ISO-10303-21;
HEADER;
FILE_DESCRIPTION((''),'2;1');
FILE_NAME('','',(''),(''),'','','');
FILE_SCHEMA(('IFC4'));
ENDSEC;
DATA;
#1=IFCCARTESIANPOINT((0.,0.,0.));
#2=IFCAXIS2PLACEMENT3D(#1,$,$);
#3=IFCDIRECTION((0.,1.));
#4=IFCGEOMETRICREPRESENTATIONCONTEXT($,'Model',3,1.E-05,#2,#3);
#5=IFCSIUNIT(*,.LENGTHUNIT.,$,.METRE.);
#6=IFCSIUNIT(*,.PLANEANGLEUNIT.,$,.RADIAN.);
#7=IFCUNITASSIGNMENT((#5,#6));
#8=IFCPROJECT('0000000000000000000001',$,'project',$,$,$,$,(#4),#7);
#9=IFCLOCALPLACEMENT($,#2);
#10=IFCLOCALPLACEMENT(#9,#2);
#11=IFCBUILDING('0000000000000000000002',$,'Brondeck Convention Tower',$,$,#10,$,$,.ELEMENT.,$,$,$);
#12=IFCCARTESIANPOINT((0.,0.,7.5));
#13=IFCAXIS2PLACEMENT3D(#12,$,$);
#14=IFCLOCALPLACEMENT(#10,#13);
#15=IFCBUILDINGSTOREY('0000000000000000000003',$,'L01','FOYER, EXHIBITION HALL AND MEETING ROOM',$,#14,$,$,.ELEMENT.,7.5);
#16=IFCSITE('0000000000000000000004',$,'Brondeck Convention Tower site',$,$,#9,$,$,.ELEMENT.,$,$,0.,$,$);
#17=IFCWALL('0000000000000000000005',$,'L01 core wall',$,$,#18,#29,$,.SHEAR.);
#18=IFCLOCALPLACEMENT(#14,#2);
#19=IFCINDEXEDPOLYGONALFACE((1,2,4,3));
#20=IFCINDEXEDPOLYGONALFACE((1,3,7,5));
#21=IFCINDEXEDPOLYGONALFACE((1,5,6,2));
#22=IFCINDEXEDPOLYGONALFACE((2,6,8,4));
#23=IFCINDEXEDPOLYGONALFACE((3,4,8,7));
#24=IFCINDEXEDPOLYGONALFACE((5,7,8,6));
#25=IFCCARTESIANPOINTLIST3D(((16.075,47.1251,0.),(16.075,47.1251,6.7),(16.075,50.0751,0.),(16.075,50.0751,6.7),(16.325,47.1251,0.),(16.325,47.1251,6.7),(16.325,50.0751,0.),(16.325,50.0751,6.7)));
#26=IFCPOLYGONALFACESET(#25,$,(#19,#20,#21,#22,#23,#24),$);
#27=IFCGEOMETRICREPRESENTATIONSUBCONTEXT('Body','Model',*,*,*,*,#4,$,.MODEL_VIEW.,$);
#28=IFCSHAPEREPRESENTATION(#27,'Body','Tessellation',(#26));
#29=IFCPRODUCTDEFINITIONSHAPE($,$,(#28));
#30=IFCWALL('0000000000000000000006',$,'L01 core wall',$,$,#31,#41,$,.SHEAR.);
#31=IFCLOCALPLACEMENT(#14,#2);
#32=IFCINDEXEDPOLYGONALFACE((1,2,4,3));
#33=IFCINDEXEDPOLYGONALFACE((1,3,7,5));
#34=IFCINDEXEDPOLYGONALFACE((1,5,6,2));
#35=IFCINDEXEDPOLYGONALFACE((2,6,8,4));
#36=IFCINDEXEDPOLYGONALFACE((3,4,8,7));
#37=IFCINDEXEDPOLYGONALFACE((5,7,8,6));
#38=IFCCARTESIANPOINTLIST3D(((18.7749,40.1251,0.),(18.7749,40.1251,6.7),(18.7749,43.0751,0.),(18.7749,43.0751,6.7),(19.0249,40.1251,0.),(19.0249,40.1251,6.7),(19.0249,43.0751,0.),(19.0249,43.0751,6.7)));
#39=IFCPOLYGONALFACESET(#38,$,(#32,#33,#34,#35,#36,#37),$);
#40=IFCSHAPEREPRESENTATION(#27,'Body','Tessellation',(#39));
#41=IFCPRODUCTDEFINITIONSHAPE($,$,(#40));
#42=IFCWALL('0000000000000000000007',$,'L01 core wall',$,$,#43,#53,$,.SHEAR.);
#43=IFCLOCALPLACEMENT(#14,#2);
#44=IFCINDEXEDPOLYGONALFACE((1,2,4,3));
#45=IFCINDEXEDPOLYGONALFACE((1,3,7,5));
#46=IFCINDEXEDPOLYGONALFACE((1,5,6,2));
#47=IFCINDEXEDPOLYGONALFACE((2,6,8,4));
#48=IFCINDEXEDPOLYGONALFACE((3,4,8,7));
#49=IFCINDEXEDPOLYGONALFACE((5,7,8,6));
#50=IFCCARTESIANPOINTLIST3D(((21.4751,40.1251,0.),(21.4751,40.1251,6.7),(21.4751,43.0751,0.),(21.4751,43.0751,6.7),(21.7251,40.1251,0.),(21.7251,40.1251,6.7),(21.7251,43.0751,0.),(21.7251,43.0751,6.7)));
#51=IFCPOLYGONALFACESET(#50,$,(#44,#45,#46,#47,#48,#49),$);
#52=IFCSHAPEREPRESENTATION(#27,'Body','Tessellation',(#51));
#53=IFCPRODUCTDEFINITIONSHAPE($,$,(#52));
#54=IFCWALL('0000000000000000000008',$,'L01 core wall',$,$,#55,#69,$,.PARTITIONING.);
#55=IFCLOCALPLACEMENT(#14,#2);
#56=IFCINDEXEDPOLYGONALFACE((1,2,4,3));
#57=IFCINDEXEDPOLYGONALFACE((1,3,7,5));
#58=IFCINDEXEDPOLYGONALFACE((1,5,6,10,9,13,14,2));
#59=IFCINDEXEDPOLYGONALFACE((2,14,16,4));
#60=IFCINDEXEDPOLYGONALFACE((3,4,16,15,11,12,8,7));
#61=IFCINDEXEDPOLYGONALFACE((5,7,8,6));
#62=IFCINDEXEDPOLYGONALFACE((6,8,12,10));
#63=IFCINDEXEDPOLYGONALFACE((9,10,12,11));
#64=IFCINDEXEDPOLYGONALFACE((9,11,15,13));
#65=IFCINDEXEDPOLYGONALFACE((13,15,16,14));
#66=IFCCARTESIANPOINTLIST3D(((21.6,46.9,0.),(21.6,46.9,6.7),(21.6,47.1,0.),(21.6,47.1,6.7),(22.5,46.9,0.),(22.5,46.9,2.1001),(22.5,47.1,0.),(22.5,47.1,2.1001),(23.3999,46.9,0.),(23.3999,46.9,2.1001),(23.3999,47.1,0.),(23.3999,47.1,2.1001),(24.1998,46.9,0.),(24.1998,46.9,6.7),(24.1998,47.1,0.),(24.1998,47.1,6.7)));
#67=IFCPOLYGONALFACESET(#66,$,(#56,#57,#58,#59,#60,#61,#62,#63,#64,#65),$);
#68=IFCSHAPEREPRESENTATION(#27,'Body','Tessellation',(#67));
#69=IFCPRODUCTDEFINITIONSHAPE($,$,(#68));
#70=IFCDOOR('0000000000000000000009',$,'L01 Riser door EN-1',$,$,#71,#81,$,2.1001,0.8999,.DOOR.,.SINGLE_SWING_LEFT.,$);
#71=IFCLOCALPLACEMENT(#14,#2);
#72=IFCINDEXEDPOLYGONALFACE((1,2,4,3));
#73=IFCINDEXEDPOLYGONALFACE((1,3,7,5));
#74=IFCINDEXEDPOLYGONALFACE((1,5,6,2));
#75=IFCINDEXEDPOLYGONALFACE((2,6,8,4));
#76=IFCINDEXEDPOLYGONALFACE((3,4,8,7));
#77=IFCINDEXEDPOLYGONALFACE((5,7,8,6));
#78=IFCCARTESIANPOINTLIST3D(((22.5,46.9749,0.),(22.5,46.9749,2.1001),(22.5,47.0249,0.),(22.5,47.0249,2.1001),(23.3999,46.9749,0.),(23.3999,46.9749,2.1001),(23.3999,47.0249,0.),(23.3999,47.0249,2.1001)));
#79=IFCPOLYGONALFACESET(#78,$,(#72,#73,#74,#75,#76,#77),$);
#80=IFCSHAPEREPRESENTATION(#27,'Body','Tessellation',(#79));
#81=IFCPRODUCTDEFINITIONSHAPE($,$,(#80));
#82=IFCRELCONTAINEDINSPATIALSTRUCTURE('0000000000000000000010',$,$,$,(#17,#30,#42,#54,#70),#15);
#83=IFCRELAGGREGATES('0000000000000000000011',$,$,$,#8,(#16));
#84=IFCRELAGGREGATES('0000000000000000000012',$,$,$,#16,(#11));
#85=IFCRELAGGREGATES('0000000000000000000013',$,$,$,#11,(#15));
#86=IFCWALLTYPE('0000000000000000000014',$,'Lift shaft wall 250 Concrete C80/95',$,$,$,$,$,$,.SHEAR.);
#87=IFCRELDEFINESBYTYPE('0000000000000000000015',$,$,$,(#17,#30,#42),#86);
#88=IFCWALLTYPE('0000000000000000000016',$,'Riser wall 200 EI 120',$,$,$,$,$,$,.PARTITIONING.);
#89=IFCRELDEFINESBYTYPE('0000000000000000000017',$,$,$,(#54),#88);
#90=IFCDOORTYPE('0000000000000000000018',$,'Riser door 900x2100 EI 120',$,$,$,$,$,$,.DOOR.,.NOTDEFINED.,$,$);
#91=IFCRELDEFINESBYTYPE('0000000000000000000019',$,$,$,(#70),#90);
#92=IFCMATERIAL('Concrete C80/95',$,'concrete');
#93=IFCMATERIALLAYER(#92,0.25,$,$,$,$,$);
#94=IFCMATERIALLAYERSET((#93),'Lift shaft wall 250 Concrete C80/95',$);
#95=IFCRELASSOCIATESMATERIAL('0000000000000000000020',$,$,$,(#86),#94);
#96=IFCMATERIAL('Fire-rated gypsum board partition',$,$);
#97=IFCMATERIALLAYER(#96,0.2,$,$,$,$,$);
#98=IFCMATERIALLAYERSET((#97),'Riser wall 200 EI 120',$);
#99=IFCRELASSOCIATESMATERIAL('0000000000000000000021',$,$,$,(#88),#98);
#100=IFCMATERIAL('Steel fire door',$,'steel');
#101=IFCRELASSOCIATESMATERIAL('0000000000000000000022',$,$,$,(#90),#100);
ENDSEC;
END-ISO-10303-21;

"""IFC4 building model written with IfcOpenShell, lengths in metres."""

from ifc_helpers import new_model, si_unit, direction, frame, frame_2d, origin, place, context, subcontext, project, spatial, rectangle, extrude, material, layer, layer_set, type_object, element, fill, save


model = new_model("IFC4")

# Units and contexts
model_context = context("Model", 3, precision=1e-05, world=origin(), true_north=direction((0.0, 1.0)))
body_context = subcontext(model_context, "Body", "Model", "MODEL_VIEW")
ifc_project = project(units=[si_unit("LENGTHUNIT", "METRE"), si_unit("PLANEANGLEUNIT", "RADIAN")], contexts=[model_context])

# Site, building, storey
site_placement = place(None, origin())
site = spatial("IfcSite", under=ifc_project, at=site_placement, Name="Brondeck Convention Tower site", CompositionType="ELEMENT", RefElevation=0.0)
building_placement = place(site_placement, origin())
building = spatial("IfcBuilding", under=site, at=building_placement, Name="Brondeck Convention Tower", CompositionType="ELEMENT")
storey_placement = place(building_placement, frame((0.0, 0.0, 7.5)))
storey = spatial("IfcBuildingStorey", under=building, at=storey_placement, Name="L01", Description="FOYER, EXHIBITION HALL AND MEETING ROOM", CompositionType="ELEMENT", Elevation=7.5)

# Shared definitions
ifc_material_1 = material(Name="Concrete C80/95", Category="concrete")
ifc_layer_1 = layer(ifc_material_1, 0.25)
ifc_layer_set_1 = layer_set([ifc_layer_1], Name="Lift shaft wall 250 Concrete C80/95")
wall_type_1 = type_object("IfcWallType", Name="Lift shaft wall 250 Concrete C80/95", PredefinedType="SHEAR", material=ifc_layer_set_1)

# Walls
for number, where, z_axis, x_axis, name in (
    (1, (16.2, 47.125, 0.0), (0.0, 0.0, 1.0), (0.0, 1.0, 0.0), "L01 core wall"),
    (2, (18.8999, 40.125, 0.0), (0.0, 0.0, 1.0), (0.0, 1.0, 0.0), "L01 core wall"),
    (3, (21.6001, 40.125, 0.0), (0.0, 0.0, 1.0), (0.0, 1.0, 0.0), "L01 core wall"),
):
    element("IfcWall", number, at=place(storey_placement, frame(where, z_axis=z_axis, x_axis=x_axis)), inside=storey, type_object=wall_type_1, Name=name, PredefinedType="SHEAR", context=body_context, shape_type="SweptSolid", body=[
        extrude(rectangle(XDim=2.95, YDim=0.25, at=frame_2d((1.4751, 0.0))), origin(), (0.0, 0.0, 1.0), 6.7),
    ])

# Wall, opening, door
ifc_material_2 = material(Name="Fire-rated gypsum board partition")
ifc_layer_2 = layer(ifc_material_2, 0.2)
ifc_layer_set_2 = layer_set([ifc_layer_2], Name="Riser wall 200 EI 120")
wall_type_2 = type_object("IfcWallType", Name="Riser wall 200 EI 120", PredefinedType="PARTITIONING", material=ifc_layer_set_2)
wall_1_placement = place(storey_placement, frame((21.6001, 47.0, 0.0), z_axis=(0.0, 0.0, 1.0), x_axis=(1.0, 0.0, 0.0)))
wall_1 = element("IfcWall", 4, at=wall_1_placement, inside=storey, type_object=wall_type_2, Name="L01 core wall", PredefinedType="PARTITIONING", context=body_context, shape_type="SweptSolid", body=[
    extrude(rectangle(XDim=2.5999, YDim=0.2, at=frame_2d((1.2998, 0.0))), origin(), (0.0, 0.0, 1.0), 6.7),
])
opening_1_placement = place(wall_1_placement, frame((0.8999, 0.0, 0.0)))
opening_1 = element("IfcOpeningElement", 5, at=opening_1_placement, cuts=wall_1, PredefinedType="OPENING", context=body_context, shape_type="SweptSolid", body=[
    extrude(rectangle(XDim=0.8999, YDim=2.1001, at=frame_2d((0.45, 1.05))), frame((0.0, 0.1099, 0.0), z_axis=(0.0, -1.0, 0.0), x_axis=(1.0, 0.0, 0.0)), (0.0, 0.0, 1.0), 0.22),
])
ifc_material_3 = material(Name="Steel fire door", Category="steel")
door_type_1 = type_object("IfcDoorType", Name="Riser door 900x2100 EI 120", OperationType="NOTDEFINED", PredefinedType="DOOR", material=ifc_material_3)
door_1_placement = place(opening_1_placement, origin())
door_1 = element("IfcDoor", 6, at=door_1_placement, inside=storey, type_object=door_type_1, Name="L01 Riser door EN-1", OperationType="SINGLE_SWING_LEFT", OverallHeight=2.1001, OverallWidth=0.8999, PredefinedType="DOOR", context=body_context, shape_type="SweptSolid", body=[
    extrude(rectangle(XDim=0.8999, YDim=2.1001, at=frame_2d((0.45, 1.05))), frame((0.0, 0.0249, 0.0), z_axis=(0.0, -1.0, 0.0), x_axis=(1.0, 0.0, 0.0)), (0.0, 0.0, 1.0), 0.05),
])
fill(opening_1, door_1)

save(model, "model.ifc")
